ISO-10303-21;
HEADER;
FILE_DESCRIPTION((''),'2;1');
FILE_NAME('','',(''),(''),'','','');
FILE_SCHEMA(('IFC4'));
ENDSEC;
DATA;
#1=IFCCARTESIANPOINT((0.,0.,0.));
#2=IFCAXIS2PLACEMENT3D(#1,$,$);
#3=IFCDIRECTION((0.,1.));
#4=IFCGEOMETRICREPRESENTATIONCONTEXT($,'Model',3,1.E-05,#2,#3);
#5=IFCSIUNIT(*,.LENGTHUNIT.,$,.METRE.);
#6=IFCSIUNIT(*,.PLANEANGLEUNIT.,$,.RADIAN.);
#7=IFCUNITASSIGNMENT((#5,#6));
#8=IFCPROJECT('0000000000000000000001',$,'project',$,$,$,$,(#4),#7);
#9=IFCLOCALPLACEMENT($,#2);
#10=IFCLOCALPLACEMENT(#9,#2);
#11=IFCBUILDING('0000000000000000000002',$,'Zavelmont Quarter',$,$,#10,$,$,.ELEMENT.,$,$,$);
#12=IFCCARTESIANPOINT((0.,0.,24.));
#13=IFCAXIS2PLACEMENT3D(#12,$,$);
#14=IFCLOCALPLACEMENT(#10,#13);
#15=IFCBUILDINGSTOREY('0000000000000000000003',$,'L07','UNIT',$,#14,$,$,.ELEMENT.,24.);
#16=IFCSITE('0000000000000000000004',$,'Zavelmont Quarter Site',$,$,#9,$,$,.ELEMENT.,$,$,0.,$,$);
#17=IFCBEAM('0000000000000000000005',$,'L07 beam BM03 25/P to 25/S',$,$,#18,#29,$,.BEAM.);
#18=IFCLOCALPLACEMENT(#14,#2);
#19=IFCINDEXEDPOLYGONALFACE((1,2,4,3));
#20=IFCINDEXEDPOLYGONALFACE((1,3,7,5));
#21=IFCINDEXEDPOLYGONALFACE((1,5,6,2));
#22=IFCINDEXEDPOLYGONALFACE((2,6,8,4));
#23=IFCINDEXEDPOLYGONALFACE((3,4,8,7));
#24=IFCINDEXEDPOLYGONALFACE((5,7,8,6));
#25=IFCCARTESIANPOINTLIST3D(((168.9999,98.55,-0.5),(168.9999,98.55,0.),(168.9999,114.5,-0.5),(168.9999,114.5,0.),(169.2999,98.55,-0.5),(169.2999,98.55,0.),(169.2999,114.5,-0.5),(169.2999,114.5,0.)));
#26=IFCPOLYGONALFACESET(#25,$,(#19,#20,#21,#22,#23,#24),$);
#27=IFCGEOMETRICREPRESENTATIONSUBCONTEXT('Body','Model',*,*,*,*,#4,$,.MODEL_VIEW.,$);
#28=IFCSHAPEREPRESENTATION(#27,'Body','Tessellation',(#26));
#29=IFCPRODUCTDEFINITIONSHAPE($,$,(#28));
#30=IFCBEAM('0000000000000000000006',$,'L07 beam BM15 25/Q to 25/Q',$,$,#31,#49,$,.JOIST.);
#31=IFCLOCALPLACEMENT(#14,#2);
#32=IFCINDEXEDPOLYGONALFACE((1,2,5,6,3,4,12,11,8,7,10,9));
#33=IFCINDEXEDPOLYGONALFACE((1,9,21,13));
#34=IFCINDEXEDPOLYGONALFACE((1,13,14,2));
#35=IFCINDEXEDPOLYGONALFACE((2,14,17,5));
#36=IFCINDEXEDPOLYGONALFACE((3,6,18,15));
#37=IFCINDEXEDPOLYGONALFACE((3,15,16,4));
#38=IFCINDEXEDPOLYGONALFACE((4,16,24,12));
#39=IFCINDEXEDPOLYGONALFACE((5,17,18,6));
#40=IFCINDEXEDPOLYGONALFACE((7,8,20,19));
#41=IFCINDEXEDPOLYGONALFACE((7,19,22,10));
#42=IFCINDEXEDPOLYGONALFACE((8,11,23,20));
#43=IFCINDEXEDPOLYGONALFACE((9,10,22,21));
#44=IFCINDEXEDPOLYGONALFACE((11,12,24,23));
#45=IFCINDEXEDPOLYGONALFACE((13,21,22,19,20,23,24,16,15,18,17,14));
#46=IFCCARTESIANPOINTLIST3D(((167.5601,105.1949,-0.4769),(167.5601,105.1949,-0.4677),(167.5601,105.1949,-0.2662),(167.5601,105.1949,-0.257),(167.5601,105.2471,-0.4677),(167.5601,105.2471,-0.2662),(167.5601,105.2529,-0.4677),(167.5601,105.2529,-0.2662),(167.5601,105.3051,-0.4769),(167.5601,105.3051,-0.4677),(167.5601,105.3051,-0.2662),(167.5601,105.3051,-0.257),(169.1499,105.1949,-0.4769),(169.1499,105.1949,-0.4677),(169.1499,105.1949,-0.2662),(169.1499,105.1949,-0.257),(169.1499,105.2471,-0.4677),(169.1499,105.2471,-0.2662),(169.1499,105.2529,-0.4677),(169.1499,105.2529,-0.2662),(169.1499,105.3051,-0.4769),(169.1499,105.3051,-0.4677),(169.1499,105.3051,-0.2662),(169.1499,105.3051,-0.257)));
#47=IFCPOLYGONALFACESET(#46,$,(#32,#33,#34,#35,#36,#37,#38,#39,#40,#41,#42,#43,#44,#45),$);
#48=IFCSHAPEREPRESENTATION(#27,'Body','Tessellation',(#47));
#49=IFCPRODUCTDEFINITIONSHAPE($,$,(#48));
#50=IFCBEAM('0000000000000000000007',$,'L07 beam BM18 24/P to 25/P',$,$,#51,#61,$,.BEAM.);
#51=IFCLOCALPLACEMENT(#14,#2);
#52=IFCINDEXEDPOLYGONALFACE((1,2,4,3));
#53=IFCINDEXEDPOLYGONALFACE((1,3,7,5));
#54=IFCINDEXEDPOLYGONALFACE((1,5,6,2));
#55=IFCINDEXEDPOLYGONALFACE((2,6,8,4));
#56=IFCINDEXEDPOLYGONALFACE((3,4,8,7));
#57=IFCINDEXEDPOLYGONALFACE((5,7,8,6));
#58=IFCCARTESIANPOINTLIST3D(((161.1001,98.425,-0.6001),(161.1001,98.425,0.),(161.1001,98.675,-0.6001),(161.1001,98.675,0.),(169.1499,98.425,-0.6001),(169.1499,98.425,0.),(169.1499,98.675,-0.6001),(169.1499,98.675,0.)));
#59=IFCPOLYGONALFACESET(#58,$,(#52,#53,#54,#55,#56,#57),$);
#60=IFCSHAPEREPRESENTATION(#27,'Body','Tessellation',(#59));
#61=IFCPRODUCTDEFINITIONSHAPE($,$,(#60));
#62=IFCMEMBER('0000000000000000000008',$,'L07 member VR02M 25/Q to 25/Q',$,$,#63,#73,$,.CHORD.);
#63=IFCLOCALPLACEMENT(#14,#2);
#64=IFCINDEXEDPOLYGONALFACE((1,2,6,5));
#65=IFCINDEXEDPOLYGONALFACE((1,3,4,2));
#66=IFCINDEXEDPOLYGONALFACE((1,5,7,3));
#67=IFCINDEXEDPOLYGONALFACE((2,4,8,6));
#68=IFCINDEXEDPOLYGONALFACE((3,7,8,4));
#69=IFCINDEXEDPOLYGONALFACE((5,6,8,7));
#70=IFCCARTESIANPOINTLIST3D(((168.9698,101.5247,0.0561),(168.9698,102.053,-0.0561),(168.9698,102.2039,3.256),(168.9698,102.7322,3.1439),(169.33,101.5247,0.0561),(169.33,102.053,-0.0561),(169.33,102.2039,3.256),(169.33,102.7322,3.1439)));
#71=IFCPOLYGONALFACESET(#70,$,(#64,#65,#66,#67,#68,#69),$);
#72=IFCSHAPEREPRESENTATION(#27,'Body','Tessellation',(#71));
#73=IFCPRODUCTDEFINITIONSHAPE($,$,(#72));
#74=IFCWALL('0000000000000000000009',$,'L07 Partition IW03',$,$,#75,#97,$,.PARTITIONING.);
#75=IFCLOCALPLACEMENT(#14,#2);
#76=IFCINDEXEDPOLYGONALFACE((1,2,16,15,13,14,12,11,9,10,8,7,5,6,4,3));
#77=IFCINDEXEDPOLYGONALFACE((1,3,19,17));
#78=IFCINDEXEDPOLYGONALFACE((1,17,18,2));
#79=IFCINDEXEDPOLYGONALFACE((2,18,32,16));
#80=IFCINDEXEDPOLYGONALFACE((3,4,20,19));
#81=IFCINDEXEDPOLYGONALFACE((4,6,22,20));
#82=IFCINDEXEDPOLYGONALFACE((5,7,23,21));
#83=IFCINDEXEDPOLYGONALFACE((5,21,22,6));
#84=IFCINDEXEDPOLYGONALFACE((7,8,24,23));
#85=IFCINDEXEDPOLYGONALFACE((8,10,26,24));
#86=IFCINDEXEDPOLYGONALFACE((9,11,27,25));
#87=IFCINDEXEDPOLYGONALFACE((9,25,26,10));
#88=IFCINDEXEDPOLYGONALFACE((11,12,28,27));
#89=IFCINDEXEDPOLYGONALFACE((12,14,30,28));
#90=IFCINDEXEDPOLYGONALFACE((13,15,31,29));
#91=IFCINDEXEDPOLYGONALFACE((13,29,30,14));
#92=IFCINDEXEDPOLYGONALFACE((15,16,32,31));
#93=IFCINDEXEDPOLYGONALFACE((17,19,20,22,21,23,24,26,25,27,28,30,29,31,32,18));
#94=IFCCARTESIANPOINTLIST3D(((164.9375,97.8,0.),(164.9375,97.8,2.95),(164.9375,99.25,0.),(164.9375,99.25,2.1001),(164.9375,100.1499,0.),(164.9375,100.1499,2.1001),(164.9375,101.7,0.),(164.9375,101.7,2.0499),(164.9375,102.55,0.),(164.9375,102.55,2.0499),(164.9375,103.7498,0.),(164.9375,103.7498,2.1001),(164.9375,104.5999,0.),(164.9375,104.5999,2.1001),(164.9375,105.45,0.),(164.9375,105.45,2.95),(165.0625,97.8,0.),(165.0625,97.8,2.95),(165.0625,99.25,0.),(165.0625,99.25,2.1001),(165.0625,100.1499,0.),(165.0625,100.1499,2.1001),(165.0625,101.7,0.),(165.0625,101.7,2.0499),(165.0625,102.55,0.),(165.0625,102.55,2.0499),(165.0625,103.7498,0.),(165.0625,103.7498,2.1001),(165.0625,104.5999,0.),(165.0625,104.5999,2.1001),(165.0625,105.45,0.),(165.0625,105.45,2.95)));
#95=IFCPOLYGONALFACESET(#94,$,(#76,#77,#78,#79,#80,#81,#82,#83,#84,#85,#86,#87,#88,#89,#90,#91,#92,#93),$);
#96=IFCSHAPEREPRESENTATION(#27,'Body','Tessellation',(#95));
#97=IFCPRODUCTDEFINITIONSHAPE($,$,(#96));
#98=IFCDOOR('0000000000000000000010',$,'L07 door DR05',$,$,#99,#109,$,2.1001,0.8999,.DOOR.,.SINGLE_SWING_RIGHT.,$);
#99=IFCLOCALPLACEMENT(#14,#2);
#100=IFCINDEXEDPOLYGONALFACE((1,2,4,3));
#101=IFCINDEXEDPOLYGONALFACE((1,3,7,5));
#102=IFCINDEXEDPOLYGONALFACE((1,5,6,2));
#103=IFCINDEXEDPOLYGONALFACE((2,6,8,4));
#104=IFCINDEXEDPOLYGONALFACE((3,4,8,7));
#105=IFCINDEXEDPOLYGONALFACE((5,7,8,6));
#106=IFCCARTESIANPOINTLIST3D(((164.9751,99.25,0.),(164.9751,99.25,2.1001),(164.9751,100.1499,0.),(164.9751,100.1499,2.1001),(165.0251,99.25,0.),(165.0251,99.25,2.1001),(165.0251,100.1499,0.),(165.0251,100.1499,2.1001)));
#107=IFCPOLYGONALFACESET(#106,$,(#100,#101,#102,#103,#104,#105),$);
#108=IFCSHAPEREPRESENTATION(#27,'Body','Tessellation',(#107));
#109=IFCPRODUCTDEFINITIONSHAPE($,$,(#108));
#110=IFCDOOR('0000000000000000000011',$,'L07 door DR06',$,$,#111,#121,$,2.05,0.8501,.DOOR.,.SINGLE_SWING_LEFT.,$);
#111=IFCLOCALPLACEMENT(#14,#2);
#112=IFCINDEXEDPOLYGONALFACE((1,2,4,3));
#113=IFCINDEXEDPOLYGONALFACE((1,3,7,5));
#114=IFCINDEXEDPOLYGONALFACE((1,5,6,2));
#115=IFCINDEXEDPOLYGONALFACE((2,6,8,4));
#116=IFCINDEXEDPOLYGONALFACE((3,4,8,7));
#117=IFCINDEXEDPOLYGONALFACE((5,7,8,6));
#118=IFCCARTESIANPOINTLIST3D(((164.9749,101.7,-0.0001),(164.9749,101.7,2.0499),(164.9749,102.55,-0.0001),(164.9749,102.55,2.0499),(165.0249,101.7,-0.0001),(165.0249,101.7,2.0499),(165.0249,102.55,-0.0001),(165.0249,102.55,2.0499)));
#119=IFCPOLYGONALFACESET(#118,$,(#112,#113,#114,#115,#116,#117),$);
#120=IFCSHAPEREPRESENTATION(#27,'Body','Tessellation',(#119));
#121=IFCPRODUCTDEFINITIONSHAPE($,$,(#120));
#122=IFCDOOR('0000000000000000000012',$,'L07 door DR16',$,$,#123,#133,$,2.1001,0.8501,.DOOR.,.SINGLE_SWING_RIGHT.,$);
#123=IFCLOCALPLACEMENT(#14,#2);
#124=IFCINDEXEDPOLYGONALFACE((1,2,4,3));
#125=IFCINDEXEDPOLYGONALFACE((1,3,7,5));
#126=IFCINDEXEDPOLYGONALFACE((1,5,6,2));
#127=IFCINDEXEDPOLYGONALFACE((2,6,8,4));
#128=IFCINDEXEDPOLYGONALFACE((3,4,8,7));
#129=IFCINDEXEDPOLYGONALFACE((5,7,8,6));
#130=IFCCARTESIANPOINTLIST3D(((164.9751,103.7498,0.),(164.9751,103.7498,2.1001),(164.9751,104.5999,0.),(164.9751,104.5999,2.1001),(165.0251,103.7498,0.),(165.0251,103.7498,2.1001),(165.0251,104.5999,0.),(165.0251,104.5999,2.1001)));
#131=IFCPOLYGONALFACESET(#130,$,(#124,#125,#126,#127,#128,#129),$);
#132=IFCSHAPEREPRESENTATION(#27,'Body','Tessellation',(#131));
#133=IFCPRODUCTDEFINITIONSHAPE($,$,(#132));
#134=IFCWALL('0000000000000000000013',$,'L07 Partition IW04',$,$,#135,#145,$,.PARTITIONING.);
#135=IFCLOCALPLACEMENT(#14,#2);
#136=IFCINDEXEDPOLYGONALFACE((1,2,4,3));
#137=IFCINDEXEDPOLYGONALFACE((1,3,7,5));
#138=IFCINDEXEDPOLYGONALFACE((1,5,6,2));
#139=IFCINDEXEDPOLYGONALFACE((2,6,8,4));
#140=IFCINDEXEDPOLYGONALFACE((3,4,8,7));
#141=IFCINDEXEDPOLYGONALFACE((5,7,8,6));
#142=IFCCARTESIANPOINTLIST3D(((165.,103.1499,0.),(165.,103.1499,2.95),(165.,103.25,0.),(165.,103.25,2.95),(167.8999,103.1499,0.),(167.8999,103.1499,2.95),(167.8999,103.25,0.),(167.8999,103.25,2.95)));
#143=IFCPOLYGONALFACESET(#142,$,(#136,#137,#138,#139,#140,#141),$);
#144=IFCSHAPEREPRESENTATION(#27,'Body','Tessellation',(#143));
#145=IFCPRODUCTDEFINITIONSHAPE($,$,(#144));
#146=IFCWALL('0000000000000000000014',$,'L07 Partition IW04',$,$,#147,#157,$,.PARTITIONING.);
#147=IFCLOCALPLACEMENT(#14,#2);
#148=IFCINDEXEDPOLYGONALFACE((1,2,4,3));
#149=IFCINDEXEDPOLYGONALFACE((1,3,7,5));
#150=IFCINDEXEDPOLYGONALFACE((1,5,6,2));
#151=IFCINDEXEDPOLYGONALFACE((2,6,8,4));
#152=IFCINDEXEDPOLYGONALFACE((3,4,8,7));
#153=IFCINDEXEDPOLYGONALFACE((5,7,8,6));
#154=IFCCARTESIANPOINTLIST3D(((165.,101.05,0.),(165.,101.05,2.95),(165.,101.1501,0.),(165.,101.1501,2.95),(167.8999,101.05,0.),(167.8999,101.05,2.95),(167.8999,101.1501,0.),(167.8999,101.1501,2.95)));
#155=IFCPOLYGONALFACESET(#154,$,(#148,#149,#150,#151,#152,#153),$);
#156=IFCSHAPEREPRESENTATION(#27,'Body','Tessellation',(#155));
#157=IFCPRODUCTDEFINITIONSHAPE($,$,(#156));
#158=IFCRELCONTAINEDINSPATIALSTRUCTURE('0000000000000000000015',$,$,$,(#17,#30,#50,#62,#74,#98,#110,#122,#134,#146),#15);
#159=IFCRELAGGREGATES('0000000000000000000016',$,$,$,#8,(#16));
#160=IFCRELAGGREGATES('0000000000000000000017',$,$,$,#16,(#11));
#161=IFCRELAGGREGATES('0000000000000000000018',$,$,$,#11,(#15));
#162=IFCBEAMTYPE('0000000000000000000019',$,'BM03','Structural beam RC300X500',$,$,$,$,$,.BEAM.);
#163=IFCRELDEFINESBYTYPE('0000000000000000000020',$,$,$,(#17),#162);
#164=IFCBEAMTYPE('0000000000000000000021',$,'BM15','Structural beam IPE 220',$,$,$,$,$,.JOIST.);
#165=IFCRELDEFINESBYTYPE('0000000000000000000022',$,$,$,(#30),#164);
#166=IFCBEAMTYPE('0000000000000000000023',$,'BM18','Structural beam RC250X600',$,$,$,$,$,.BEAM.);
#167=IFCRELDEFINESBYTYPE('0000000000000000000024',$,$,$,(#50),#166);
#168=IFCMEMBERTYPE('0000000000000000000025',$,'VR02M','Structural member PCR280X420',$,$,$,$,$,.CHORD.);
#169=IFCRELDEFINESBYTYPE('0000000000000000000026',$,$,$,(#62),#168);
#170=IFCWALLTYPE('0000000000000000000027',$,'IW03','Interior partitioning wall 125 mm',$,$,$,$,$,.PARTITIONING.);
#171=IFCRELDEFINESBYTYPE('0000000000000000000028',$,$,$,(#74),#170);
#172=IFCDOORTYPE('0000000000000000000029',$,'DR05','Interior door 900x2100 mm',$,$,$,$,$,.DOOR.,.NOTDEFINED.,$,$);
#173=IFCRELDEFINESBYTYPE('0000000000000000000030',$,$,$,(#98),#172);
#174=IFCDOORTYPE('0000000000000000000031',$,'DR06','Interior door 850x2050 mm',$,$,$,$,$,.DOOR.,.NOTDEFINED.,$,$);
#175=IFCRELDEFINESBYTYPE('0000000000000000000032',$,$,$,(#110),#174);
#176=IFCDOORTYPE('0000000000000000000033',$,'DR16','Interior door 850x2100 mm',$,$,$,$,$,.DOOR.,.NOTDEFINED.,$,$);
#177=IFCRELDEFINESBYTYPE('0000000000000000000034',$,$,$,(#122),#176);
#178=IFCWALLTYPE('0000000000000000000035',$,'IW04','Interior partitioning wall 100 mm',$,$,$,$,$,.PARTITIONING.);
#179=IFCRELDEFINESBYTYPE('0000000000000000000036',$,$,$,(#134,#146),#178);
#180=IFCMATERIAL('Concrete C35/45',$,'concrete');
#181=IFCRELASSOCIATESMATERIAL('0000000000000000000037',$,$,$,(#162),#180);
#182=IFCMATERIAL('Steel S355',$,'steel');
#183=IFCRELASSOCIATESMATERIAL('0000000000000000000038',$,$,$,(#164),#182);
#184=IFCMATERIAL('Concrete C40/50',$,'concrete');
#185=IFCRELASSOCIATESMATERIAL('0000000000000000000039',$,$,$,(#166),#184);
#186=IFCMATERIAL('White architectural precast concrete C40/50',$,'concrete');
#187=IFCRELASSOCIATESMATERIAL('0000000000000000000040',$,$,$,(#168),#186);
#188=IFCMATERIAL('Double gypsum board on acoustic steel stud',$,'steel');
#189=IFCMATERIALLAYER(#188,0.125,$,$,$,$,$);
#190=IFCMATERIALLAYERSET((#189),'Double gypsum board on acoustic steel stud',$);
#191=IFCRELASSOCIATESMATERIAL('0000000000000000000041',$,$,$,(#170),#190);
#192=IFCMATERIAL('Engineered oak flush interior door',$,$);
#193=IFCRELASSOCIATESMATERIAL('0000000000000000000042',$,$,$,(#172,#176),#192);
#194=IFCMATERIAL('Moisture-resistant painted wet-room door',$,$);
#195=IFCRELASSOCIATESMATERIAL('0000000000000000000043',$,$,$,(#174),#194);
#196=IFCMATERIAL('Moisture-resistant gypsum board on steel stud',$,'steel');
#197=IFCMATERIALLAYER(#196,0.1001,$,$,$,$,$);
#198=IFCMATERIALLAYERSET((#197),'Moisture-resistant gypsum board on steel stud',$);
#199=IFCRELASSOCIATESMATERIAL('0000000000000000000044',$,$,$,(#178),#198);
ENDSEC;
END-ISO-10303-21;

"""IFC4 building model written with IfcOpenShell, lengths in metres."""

from ifc_helpers import new_model, si_unit, direction, frame, frame_2d, origin, origin_with_axes, origin_2d, place, context, subcontext, project, spatial, rectangle, i_section, extrude, material, layer, layer_set, material_profile, profile_set, type_object, element, fill, save


model = new_model("IFC4")

# Units and contexts
model_context = context("Model", 3, precision=1e-05, world=origin(), true_north=direction((0.0, 1.0)))
body_context = subcontext(model_context, "Body", "Model", "MODEL_VIEW")
ifc_project = project(units=[si_unit("LENGTHUNIT", "METRE"), si_unit("PLANEANGLEUNIT", "RADIAN")], contexts=[model_context])

# Site, building, storey
site_placement = place(None, origin())
site = spatial("IfcSite", under=ifc_project, at=site_placement, Name="Zavelmont Quarter Site", CompositionType="ELEMENT", RefElevation=0.0)
building_placement = place(site_placement, origin())
building = spatial("IfcBuilding", under=site, at=building_placement, Name="Zavelmont Quarter", CompositionType="ELEMENT")
storey_placement = place(building_placement, frame((0.0, 0.0, 24.0)))
storey = spatial("IfcBuildingStorey", under=building, at=storey_placement, Name="L07", Description="UNIT", CompositionType="ELEMENT", Elevation=24.0)

# Beams
ifc_material_1 = material(Name="Concrete C35/45", Category="concrete")
ifc_material_profile_1 = material_profile(ifc_material_1, rectangle(XDim=0.3, YDim=0.5, at=origin_2d()), Name="RC300X500")
ifc_profile_set_1 = profile_set([ifc_material_profile_1], Name="Concrete C35/45")
beam_type_1 = type_object("IfcBeamType", Name="BM03", Description="Structural beam RC300X500", PredefinedType="BEAM", material=ifc_profile_set_1)
beam_1_placement = place(storey_placement, frame((169.1499, 98.55, -0.25), z_axis=(0.0, 1.0, 0.0), x_axis=(-1.0, 0.0, 0.0)))
element("IfcBeam", 1, at=beam_1_placement, inside=storey, type_object=beam_type_1, Name="L07 beam BM03 25/P to 25/S", PredefinedType="BEAM", context=body_context, shape_type="SweptSolid", body=[
    extrude(rectangle(XDim=0.3, YDim=0.5, at=origin_2d()), origin(), (0.0, 0.0, 1.0), 15.95),
])
ifc_material_2 = material(Name="Steel S355", Category="steel")
ifc_material_profile_2 = material_profile(ifc_material_2, i_section(OverallWidth=0.1101, OverallDepth=0.22, WebThickness=0.0059, FlangeThickness=0.0093, at=origin_2d()), Name="IPE 220")
ifc_profile_set_2 = profile_set([ifc_material_profile_2], Name="Steel S355")
beam_type_2 = type_object("IfcBeamType", Name="BM15", Description="Structural beam IPE 220", PredefinedType="JOIST", material=ifc_profile_set_2)
beam_2_placement = place(storey_placement, frame((167.5601, 105.25, -0.3669), z_axis=(1.0, 0.0, 0.0), x_axis=(0.0, 1.0, 0.0)))
element("IfcBeam", 2, at=beam_2_placement, inside=storey, type_object=beam_type_2, Name="L07 beam BM15 25/Q to 25/Q", PredefinedType="JOIST", context=body_context, shape_type="SweptSolid", body=[
    extrude(i_section(OverallWidth=0.1101, OverallDepth=0.22, WebThickness=0.0059, FlangeThickness=0.0093, at=origin_2d()), origin(), (0.0, 0.0, 1.0), 1.5898),
])
ifc_material_3 = material(Name="Concrete C40/50", Category="concrete")
ifc_material_profile_3 = material_profile(ifc_material_3, rectangle(XDim=0.25, YDim=0.6001, at=origin_2d()), Name="RC250X600")
ifc_profile_set_3 = profile_set([ifc_material_profile_3], Name="Concrete C40/50")
beam_type_3 = type_object("IfcBeamType", Name="BM18", Description="Structural beam RC250X600", PredefinedType="BEAM", material=ifc_profile_set_3)
beam_3_placement = place(storey_placement, frame((161.1001, 98.55, -0.3), z_axis=(1.0, 0.0, 0.0), x_axis=(0.0, 1.0, 0.0)))
element("IfcBeam", 3, at=beam_3_placement, inside=storey, type_object=beam_type_3, Name="L07 beam BM18 24/P to 25/P", PredefinedType="BEAM", context=body_context, shape_type="SweptSolid", body=[
    extrude(rectangle(XDim=0.25, YDim=0.6001, at=origin_2d()), origin(), (0.0, 0.0, 1.0), 8.0498),
])

# Member
ifc_material_4 = material(Name="White architectural precast concrete C40/50", Category="concrete")
ifc_material_profile_4 = material_profile(ifc_material_4, rectangle(XDim=0.3601, YDim=0.54, at=origin_2d()), Name="PCR280X420")
ifc_profile_set_4 = profile_set([ifc_material_profile_4], Name="White architectural precast concrete C40/50")
member_type = type_object("IfcMemberType", Name="VR02M", Description="Structural member PCR280X420", PredefinedType="CHORD", material=ifc_profile_set_4)
member_placement = place(storey_placement, frame((169.1499, 101.7888, 0.0), z_axis=(0.0, 0.207628, 0.978208), x_axis=(-1.0, 0.0, 0.0)))
element("IfcMember", 4, at=member_placement, inside=storey, type_object=member_type, Name="L07 member VR02M 25/Q to 25/Q", PredefinedType="CHORD", context=body_context, shape_type="SweptSolid", body=[
    extrude(rectangle(XDim=0.3601, YDim=0.54, at=origin_2d()), origin(), (0.0, 0.0, 1.0), 3.2712),
])

# Wall, openings, doors
ifc_material_5 = material(Name="Double gypsum board on acoustic steel stud", Category="steel")
ifc_layer_1 = layer(ifc_material_5, 0.125)
ifc_layer_set_1 = layer_set([ifc_layer_1], Name="Double gypsum board on acoustic steel stud")
wall_type_1 = type_object("IfcWallType", Name="IW03", Description="Interior partitioning wall 125 mm", PredefinedType="PARTITIONING", material=ifc_layer_set_1)
wall_1_placement = place(storey_placement, frame((165.0, 105.45, 0.0), z_axis=(0.0, 0.0, 1.0), x_axis=(0.0, -1.0, 0.0)))
wall_1 = element("IfcWall", 5, at=wall_1_placement, inside=storey, type_object=wall_type_1, Name="L07 Partition IW03", PredefinedType="PARTITIONING", context=body_context, shape_type="SweptSolid", body=[
    extrude(rectangle(XDim=7.6499, YDim=0.125, at=frame_2d((3.825, 0.0))), origin(), (0.0, 0.0, 1.0), 2.95),
])
opening_1_placement = place(wall_1_placement, frame((0.8501, 0.0, 0.0)))
opening_1 = element("IfcOpeningElement", 6, at=opening_1_placement, cuts=wall_1, PredefinedType="OPENING", context=body_context, shape_type="SweptSolid", body=[
    extrude(rectangle(XDim=0.8501, YDim=2.1001, at=frame_2d((0.425, 1.05))), frame((0.0, 0.0745, 0.0), z_axis=(0.0, -1.0, 0.0), x_axis=(1.0, 0.0, 0.0)), (0.0, 0.0, 1.0), 0.1489),
])
opening_2_placement = place(wall_1_placement, frame((2.8999, 0.0, 0.0)))
opening_2 = element("IfcOpeningElement", 7, at=opening_2_placement, cuts=wall_1, PredefinedType="OPENING", context=body_context, shape_type="SweptSolid", body=[
    extrude(rectangle(XDim=0.8501, YDim=2.05, at=frame_2d((0.425, 1.0249))), frame((0.0, 0.0745, 0.0), z_axis=(0.0, -1.0, 0.0), x_axis=(1.0, 0.0, 0.0)), (0.0, 0.0, 1.0), 0.1489),
])
opening_3_placement = place(wall_1_placement, frame((5.3, 0.0, 0.0)))
opening_3 = element("IfcOpeningElement", 8, at=opening_3_placement, cuts=wall_1, PredefinedType="OPENING", context=body_context, shape_type="SweptSolid", body=[
    extrude(rectangle(XDim=0.8999, YDim=2.1001, at=frame_2d((0.45, 1.05))), frame((0.0, 0.0745, 0.0), z_axis=(0.0, -1.0, 0.0), x_axis=(1.0, 0.0, 0.0)), (0.0, 0.0, 1.0), 0.1489),
])
ifc_material_6 = material(Name="Engineered oak flush interior door")
door_type_1 = type_object("IfcDoorType", Name="DR05", Description="Interior door 900x2100 mm", OperationType="NOTDEFINED", PredefinedType="DOOR", material=ifc_material_6)
door_1_placement = place(opening_3_placement, frame((0.8999, 0.0, 0.0), z_axis=(0.0, 0.0, 1.0), x_axis=(-1.0, 0.0, 0.0)))
door_1 = element("IfcDoor", 9, at=door_1_placement, inside=storey, type_object=door_type_1, Name="L07 door DR05", OperationType="SINGLE_SWING_RIGHT", OverallHeight=2.1001, OverallWidth=0.8999, PredefinedType="DOOR", context=body_context, shape_type="SweptSolid", body=[
    extrude(rectangle(XDim=0.8999, YDim=2.1001, at=frame_2d((0.45, 1.05))), frame((0.0, 0.0249, 0.0), z_axis=(0.0, -1.0, 0.0), x_axis=(1.0, 0.0, 0.0)), (0.0, 0.0, 1.0), 0.05),
])
fill(opening_3, door_1)
ifc_material_7 = material(Name="Moisture-resistant painted wet-room door")
door_type_2 = type_object("IfcDoorType", Name="DR06", Description="Interior door 850x2050 mm", OperationType="NOTDEFINED", PredefinedType="DOOR", material=ifc_material_7)
door_2_placement = place(opening_2_placement, origin_with_axes())
door_2 = element("IfcDoor", 10, at=door_2_placement, inside=storey, type_object=door_type_2, Name="L07 door DR06", OperationType="SINGLE_SWING_LEFT", OverallHeight=2.05, OverallWidth=0.8501, PredefinedType="DOOR", context=body_context, shape_type="SweptSolid", body=[
    extrude(rectangle(XDim=0.8501, YDim=2.05, at=frame_2d((0.425, 1.0249))), frame((0.0, 0.0249, 0.0), z_axis=(0.0, -1.0, 0.0), x_axis=(1.0, 0.0, 0.0)), (0.0, 0.0, 1.0), 0.05),
])
fill(opening_2, door_2)
door_type_3 = type_object("IfcDoorType", Name="DR16", Description="Interior door 850x2100 mm", OperationType="NOTDEFINED", PredefinedType="DOOR", material=ifc_material_6)
door_3_placement = place(opening_1_placement, frame((0.8501, 0.0, 0.0), z_axis=(0.0, 0.0, 1.0), x_axis=(-1.0, 0.0, 0.0)))
door_3 = element("IfcDoor", 11, at=door_3_placement, inside=storey, type_object=door_type_3, Name="L07 door DR16", OperationType="SINGLE_SWING_RIGHT", OverallHeight=2.1001, OverallWidth=0.8501, PredefinedType="DOOR", context=body_context, shape_type="SweptSolid", body=[
    extrude(rectangle(XDim=0.8501, YDim=2.1001, at=frame_2d((0.425, 1.05))), frame((0.0, 0.0249, 0.0), z_axis=(0.0, -1.0, 0.0), x_axis=(1.0, 0.0, 0.0)), (0.0, 0.0, 1.0), 0.05),
])
fill(opening_1, door_3)

# Walls
ifc_material_8 = material(Name="Moisture-resistant gypsum board on steel stud", Category="steel")
ifc_layer_2 = layer(ifc_material_8, 0.1001)
ifc_layer_set_2 = layer_set([ifc_layer_2], Name="Moisture-resistant gypsum board on steel stud")
wall_type_2 = type_object("IfcWallType", Name="IW04", Description="Interior partitioning wall 100 mm", PredefinedType="PARTITIONING", material=ifc_layer_set_2)
for number, where, z_axis, x_axis, name in (
    (12, (165.0, 103.2, 0.0), (0.0, 0.0, 1.0), (1.0, 0.0, 0.0), "L07 Partition IW04"),
    (13, (165.0, 101.1001, 0.0), (0.0, 0.0, 1.0), (1.0, 0.0, 0.0), "L07 Partition IW04"),
):
    element("IfcWall", number, at=place(storey_placement, frame(where, z_axis=z_axis, x_axis=x_axis)), inside=storey, type_object=wall_type_2, Name=name, PredefinedType="PARTITIONING", context=body_context, shape_type="SweptSolid", body=[
        extrude(rectangle(XDim=2.8999, YDim=0.1001, at=frame_2d((1.45, 0.0))), origin(), (0.0, 0.0, 1.0), 2.95),
    ])

save(model, "model.ifc")
